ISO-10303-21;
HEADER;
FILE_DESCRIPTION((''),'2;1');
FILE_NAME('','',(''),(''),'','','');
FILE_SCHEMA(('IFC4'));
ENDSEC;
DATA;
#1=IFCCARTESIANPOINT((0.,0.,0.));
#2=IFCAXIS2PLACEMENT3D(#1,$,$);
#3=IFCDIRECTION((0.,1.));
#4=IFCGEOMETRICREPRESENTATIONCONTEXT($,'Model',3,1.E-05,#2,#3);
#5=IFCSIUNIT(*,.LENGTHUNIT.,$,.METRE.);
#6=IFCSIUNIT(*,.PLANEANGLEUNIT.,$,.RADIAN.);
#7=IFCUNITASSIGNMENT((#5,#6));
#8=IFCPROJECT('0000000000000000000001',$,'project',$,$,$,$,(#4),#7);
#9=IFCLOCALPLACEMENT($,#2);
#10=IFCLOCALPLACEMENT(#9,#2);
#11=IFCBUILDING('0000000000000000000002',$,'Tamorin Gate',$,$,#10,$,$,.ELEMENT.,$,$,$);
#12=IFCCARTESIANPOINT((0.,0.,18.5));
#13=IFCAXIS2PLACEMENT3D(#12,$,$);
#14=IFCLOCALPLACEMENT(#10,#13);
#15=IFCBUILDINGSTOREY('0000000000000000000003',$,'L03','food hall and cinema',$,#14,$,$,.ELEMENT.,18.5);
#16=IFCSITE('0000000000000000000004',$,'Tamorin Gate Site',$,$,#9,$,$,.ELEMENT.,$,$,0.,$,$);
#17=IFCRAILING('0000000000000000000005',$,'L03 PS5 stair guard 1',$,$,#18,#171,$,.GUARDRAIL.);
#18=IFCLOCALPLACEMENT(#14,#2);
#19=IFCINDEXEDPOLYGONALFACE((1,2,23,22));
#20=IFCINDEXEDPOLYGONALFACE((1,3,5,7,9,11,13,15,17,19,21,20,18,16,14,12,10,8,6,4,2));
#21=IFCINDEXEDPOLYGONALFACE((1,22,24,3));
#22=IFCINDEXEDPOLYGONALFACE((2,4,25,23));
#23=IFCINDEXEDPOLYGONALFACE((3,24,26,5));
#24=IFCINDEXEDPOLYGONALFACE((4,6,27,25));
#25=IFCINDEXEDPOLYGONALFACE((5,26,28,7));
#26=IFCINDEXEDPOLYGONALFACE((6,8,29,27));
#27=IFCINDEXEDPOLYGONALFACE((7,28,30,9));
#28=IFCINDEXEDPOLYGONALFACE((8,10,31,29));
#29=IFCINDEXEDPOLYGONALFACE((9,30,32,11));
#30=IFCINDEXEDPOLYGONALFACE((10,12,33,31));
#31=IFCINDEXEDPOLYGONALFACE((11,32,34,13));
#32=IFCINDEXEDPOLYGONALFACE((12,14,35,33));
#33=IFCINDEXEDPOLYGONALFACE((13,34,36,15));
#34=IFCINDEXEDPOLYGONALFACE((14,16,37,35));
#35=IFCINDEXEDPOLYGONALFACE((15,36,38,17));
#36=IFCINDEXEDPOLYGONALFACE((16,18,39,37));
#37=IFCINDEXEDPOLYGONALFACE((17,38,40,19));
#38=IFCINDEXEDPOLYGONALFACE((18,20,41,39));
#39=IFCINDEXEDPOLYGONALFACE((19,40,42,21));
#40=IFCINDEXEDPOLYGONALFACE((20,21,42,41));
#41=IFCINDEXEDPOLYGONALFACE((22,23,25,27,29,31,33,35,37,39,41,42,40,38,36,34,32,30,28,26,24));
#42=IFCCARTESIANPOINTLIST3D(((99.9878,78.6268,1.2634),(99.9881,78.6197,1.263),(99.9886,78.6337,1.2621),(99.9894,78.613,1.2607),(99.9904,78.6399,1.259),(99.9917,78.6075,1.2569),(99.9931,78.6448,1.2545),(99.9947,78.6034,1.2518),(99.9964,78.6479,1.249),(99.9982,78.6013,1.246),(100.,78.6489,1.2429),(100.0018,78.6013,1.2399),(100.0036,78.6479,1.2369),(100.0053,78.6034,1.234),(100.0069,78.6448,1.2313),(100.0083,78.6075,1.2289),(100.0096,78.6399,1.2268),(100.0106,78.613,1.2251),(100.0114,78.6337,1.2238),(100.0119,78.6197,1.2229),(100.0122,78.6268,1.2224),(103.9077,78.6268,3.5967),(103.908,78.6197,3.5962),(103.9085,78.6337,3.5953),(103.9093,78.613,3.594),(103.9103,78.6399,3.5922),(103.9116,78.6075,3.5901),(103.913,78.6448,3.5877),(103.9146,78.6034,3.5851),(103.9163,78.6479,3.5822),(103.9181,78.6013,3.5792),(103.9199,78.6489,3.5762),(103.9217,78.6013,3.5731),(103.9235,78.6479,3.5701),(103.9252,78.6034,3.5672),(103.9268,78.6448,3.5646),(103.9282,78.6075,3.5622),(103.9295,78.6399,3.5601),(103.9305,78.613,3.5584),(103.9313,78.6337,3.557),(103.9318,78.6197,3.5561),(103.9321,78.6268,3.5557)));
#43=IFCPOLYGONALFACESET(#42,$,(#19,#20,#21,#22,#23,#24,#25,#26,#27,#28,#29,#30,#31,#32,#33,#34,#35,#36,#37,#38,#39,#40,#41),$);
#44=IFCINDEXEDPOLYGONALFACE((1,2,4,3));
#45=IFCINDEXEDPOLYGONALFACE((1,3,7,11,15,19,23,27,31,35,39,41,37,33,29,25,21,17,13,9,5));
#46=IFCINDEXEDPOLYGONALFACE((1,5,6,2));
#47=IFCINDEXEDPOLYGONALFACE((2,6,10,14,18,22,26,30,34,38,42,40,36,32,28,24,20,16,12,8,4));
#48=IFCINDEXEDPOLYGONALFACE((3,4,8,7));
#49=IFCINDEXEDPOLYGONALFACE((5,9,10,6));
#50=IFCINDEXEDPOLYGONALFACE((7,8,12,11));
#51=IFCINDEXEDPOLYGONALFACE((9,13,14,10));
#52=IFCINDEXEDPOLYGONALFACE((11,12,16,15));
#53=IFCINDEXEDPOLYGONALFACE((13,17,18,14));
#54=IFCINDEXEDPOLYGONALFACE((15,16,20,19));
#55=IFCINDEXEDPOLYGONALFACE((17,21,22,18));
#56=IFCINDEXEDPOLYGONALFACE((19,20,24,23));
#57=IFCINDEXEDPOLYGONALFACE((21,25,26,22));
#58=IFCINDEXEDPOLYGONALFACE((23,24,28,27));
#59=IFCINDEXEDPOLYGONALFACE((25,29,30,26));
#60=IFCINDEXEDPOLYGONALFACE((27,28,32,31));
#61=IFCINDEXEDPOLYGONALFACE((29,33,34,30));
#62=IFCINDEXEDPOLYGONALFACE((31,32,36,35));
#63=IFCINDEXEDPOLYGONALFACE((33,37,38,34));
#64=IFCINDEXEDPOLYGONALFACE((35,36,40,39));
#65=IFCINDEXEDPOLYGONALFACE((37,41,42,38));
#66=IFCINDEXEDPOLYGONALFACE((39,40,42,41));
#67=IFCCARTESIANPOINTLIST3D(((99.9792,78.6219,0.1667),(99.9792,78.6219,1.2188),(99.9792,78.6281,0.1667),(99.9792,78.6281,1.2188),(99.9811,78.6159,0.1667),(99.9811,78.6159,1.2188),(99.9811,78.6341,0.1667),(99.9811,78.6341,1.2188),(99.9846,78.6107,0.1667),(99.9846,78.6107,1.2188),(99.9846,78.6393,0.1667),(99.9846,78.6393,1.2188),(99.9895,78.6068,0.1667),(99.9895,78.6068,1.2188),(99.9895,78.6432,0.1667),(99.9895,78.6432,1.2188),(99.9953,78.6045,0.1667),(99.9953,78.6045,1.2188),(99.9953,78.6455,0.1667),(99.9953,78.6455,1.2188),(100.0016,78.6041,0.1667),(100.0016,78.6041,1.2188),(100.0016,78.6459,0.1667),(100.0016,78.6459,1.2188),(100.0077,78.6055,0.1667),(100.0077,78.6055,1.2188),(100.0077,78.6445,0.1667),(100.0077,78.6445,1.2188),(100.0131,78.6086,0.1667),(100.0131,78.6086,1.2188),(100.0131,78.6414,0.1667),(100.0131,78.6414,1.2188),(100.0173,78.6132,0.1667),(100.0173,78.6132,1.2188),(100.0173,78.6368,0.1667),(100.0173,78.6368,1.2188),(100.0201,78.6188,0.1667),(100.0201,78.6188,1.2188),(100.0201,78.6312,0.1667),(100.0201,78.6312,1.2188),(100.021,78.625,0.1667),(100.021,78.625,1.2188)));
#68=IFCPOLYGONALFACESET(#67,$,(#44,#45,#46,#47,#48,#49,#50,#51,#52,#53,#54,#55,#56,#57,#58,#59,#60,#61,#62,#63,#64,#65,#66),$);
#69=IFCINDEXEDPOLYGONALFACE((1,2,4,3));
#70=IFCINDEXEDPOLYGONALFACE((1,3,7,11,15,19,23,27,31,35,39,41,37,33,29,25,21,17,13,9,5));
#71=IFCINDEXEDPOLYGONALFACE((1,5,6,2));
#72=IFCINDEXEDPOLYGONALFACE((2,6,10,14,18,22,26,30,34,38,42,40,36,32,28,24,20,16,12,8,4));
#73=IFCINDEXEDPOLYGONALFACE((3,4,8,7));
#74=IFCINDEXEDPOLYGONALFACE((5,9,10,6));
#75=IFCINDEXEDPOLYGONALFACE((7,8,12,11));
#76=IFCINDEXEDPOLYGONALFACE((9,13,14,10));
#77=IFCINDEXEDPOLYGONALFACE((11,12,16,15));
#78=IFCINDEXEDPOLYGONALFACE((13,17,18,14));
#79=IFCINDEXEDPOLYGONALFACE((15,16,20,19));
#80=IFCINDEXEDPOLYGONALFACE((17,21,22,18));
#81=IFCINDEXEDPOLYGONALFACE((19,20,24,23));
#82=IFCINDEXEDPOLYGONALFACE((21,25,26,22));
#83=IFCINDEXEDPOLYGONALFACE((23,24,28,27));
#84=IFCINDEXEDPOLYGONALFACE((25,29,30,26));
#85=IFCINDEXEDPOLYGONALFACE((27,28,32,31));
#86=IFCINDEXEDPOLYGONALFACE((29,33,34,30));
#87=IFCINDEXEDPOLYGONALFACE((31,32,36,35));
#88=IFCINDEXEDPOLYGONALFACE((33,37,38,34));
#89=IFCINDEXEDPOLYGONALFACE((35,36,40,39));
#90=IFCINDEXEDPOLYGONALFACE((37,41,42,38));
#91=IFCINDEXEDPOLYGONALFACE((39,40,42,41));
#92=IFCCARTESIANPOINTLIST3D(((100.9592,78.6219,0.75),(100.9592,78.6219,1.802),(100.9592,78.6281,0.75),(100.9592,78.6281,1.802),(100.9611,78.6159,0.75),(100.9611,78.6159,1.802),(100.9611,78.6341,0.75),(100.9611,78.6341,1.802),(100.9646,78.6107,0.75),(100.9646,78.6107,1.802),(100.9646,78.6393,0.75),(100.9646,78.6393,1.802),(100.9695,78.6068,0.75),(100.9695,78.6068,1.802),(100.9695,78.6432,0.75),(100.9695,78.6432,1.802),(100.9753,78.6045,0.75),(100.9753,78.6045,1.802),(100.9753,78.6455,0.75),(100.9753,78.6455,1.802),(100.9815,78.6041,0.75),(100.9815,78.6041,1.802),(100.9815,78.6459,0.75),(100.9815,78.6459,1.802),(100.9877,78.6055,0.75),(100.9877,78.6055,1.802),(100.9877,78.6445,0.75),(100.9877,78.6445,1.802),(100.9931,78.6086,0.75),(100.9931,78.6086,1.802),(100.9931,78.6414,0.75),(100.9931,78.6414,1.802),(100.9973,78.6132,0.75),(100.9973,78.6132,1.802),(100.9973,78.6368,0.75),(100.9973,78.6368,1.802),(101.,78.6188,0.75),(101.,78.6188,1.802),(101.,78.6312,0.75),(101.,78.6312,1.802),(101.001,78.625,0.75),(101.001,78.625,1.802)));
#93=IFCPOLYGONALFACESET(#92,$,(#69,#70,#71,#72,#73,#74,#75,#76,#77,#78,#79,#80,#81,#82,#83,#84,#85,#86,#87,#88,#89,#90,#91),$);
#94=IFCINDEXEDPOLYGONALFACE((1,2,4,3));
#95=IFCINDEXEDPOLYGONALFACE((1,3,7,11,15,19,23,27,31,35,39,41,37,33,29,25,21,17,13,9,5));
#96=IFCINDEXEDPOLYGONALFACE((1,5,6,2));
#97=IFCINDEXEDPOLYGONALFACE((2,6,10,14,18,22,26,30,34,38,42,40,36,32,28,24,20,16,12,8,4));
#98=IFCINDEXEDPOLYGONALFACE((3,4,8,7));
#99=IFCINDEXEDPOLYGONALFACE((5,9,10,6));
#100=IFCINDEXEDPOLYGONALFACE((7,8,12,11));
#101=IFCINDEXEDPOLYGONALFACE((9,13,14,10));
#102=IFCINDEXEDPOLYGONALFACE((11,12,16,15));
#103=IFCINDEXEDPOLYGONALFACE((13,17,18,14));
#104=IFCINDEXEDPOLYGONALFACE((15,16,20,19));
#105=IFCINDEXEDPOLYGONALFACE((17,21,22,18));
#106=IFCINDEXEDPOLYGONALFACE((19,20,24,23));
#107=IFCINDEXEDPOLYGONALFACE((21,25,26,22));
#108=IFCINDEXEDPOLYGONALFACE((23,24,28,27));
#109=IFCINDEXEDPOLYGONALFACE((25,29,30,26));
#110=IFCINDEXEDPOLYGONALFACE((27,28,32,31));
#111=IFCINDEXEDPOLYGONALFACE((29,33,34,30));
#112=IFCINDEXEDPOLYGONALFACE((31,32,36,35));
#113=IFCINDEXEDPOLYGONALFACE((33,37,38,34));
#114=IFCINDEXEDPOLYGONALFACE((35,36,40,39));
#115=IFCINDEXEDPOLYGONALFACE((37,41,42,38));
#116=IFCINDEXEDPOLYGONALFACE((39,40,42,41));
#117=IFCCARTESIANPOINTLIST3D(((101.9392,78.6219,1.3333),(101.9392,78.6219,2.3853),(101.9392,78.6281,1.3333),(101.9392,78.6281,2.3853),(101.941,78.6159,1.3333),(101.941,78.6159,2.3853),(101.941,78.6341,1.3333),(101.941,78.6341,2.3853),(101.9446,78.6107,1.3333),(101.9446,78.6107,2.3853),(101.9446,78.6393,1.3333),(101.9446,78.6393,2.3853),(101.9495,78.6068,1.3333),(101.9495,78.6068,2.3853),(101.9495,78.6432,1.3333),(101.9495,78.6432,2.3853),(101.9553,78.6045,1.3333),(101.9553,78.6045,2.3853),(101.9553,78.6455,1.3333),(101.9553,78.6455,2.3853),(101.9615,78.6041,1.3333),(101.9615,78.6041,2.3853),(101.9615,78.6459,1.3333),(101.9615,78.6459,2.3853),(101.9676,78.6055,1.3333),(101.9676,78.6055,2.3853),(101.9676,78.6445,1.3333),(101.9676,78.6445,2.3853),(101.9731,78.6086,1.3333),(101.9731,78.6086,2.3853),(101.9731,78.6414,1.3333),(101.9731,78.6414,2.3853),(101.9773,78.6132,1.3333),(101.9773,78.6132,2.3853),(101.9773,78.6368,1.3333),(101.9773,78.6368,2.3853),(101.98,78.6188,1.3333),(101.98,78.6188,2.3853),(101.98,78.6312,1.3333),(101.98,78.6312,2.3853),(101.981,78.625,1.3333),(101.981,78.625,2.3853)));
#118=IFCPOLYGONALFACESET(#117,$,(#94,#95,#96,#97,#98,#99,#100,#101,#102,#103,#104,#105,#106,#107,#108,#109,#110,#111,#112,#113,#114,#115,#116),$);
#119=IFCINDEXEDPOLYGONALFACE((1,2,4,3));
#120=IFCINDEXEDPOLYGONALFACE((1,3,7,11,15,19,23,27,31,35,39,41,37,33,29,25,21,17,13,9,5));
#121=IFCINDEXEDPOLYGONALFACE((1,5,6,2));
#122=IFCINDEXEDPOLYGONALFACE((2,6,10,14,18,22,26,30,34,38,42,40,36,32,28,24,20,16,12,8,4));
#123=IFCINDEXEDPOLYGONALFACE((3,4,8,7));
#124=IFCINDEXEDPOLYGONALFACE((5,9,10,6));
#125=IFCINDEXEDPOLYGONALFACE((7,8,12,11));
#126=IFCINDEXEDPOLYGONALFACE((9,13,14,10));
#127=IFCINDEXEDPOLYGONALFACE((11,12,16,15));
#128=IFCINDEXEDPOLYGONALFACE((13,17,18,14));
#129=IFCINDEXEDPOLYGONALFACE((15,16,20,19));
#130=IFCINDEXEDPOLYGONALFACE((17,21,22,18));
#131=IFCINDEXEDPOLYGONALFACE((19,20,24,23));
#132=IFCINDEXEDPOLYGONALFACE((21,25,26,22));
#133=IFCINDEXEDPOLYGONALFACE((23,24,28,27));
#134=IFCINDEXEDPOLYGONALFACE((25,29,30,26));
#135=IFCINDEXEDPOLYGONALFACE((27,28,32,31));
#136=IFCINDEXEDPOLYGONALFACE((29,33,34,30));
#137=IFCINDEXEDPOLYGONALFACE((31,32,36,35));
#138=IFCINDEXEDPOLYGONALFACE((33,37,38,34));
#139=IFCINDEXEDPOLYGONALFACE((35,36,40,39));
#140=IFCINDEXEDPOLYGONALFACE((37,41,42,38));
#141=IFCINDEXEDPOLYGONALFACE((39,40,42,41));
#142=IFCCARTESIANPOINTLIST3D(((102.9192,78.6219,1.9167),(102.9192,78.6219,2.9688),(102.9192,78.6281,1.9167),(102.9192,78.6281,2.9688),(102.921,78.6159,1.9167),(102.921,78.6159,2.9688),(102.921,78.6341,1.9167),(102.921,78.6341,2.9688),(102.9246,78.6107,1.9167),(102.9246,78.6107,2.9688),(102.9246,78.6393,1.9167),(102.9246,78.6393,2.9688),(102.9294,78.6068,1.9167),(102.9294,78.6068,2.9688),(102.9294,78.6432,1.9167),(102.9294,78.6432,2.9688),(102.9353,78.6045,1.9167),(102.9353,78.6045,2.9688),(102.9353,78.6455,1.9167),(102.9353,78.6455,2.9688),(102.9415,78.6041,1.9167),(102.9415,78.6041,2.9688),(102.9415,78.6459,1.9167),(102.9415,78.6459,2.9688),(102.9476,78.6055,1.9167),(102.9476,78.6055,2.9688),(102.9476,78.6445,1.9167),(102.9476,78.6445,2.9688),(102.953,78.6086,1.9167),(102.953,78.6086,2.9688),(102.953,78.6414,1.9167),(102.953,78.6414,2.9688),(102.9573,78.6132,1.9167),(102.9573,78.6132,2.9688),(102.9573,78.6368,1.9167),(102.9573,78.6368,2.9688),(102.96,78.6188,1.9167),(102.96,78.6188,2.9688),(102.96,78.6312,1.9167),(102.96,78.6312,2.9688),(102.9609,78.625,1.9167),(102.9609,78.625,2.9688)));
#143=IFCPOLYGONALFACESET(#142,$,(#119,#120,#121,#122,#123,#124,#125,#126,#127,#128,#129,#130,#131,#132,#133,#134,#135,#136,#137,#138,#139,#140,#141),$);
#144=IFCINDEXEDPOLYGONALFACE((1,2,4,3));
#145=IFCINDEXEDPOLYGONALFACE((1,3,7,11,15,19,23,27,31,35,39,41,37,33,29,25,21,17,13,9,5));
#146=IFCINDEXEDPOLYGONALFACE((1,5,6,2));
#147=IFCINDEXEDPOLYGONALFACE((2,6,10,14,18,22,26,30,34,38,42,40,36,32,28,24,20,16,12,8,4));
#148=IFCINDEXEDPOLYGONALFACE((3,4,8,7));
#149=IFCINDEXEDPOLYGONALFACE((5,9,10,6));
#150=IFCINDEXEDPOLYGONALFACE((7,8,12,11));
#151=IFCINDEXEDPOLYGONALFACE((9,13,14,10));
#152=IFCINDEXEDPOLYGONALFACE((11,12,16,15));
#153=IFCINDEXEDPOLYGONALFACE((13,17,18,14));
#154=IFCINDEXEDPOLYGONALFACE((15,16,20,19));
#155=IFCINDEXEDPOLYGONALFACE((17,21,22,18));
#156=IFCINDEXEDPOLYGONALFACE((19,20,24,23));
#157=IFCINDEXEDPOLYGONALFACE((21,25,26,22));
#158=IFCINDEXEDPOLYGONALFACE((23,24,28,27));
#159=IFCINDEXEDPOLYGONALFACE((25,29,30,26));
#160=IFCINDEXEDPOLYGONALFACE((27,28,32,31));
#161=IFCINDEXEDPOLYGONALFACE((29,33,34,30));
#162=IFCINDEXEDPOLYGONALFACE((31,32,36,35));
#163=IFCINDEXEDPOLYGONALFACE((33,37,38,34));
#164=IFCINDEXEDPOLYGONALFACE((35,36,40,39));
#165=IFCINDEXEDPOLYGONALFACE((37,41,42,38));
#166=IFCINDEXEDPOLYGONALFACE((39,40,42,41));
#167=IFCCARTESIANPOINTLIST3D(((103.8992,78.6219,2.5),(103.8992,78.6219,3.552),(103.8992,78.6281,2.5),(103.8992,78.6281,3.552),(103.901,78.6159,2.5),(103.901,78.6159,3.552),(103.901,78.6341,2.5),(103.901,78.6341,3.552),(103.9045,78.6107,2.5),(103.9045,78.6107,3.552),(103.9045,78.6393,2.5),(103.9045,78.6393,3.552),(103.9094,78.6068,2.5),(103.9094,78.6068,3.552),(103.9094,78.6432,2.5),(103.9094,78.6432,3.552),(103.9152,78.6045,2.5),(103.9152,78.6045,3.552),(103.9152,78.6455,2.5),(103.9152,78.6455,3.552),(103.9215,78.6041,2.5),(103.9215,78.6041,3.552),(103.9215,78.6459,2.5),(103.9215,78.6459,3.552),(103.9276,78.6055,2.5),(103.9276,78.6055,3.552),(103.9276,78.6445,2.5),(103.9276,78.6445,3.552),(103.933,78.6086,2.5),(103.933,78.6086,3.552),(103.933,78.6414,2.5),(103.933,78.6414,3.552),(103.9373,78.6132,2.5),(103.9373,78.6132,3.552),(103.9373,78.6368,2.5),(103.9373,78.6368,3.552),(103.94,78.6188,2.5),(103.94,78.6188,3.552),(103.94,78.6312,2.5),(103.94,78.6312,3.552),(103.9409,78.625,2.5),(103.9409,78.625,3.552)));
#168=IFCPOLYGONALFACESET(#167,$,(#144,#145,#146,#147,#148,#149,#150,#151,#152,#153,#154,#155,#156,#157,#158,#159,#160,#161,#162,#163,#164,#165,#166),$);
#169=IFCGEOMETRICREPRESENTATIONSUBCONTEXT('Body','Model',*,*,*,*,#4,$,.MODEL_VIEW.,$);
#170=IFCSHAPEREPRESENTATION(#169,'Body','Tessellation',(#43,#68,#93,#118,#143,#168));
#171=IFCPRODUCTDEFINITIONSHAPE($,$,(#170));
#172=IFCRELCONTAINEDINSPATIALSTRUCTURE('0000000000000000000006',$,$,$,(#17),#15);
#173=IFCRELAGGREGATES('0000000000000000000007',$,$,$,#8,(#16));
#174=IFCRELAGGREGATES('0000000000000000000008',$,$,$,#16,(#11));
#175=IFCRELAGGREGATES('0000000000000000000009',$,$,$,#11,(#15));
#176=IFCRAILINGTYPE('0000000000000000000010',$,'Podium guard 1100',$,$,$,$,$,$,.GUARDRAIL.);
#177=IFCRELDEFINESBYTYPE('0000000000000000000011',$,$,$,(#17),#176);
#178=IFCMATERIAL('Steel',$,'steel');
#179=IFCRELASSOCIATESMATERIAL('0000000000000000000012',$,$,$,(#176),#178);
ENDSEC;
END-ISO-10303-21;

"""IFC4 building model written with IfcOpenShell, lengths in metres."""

from ifc_helpers import new_model, si_unit, direction, frame, origin, origin_2d, place, context, subcontext, project, spatial, circle, extrude, material, type_object, element, save


model = new_model("IFC4")

# Units and contexts
model_context = context("Model", 3, precision=1e-05, world=origin(), true_north=direction((0.0, 1.0)))
body_context = subcontext(model_context, "Body", "Model", "MODEL_VIEW")
ifc_project = project(units=[si_unit("LENGTHUNIT", "METRE"), si_unit("PLANEANGLEUNIT", "RADIAN")], contexts=[model_context])

# Site, building, storey
site_placement = place(None, origin())
site = spatial("IfcSite", under=ifc_project, at=site_placement, Name="Tamorin Gate Site", CompositionType="ELEMENT", RefElevation=0.0)
building_placement = place(site_placement, origin())
building = spatial("IfcBuilding", under=site, at=building_placement, Name="Tamorin Gate", CompositionType="ELEMENT")
storey_placement = place(building_placement, frame((0.0, 0.0, 18.5)))
storey = spatial("IfcBuildingStorey", under=building, at=storey_placement, Name="L03", Description="food hall and cinema", CompositionType="ELEMENT", Elevation=18.5)

# Railing
ifc_material_1 = material(Name="Steel", Category="steel")
railing_type_1 = type_object("IfcRailingType", Name="Podium guard 1100", PredefinedType="GUARDRAIL", material=ifc_material_1)
railing_1_placement = place(storey_placement, frame((100.0, 78.625, 0.1667)))
element("IfcRailing", 1, at=railing_1_placement, inside=storey, type_object=railing_type_1, Name="L03 PS5 stair guard 1", PredefinedType="GUARDRAIL", context=body_context, shape_type="SweptSolid", body=[
    extrude(circle(Radius=0.0239, at=origin_2d()), frame((0.0, 0.0, 1.0762), z_axis=(0.859296, 0.0, 0.511478), x_axis=(0.0, 1.0, 0.0)), (0.0, 0.0, 1.0), 4.5618),
    extrude(circle(Radius=0.021, at=origin_2d()), origin(), (0.0, 0.0, 1.0), 1.052),
    extrude(circle(Radius=0.021, at=origin_2d()), frame((0.98, 0.0, 0.5833)), (0.0, 0.0, 1.0), 1.052),
    extrude(circle(Radius=0.021, at=origin_2d()), frame((1.96, 0.0, 1.1665)), (0.0, 0.0, 1.0), 1.052),
    extrude(circle(Radius=0.021, at=origin_2d()), frame((2.9399, 0.0, 1.75)), (0.0, 0.0, 1.0), 1.052),
    extrude(circle(Radius=0.021, at=origin_2d()), frame((3.9199, 0.0, 2.3333)), (0.0, 0.0, 1.0), 1.052),
])

save(model, "model.ifc")
